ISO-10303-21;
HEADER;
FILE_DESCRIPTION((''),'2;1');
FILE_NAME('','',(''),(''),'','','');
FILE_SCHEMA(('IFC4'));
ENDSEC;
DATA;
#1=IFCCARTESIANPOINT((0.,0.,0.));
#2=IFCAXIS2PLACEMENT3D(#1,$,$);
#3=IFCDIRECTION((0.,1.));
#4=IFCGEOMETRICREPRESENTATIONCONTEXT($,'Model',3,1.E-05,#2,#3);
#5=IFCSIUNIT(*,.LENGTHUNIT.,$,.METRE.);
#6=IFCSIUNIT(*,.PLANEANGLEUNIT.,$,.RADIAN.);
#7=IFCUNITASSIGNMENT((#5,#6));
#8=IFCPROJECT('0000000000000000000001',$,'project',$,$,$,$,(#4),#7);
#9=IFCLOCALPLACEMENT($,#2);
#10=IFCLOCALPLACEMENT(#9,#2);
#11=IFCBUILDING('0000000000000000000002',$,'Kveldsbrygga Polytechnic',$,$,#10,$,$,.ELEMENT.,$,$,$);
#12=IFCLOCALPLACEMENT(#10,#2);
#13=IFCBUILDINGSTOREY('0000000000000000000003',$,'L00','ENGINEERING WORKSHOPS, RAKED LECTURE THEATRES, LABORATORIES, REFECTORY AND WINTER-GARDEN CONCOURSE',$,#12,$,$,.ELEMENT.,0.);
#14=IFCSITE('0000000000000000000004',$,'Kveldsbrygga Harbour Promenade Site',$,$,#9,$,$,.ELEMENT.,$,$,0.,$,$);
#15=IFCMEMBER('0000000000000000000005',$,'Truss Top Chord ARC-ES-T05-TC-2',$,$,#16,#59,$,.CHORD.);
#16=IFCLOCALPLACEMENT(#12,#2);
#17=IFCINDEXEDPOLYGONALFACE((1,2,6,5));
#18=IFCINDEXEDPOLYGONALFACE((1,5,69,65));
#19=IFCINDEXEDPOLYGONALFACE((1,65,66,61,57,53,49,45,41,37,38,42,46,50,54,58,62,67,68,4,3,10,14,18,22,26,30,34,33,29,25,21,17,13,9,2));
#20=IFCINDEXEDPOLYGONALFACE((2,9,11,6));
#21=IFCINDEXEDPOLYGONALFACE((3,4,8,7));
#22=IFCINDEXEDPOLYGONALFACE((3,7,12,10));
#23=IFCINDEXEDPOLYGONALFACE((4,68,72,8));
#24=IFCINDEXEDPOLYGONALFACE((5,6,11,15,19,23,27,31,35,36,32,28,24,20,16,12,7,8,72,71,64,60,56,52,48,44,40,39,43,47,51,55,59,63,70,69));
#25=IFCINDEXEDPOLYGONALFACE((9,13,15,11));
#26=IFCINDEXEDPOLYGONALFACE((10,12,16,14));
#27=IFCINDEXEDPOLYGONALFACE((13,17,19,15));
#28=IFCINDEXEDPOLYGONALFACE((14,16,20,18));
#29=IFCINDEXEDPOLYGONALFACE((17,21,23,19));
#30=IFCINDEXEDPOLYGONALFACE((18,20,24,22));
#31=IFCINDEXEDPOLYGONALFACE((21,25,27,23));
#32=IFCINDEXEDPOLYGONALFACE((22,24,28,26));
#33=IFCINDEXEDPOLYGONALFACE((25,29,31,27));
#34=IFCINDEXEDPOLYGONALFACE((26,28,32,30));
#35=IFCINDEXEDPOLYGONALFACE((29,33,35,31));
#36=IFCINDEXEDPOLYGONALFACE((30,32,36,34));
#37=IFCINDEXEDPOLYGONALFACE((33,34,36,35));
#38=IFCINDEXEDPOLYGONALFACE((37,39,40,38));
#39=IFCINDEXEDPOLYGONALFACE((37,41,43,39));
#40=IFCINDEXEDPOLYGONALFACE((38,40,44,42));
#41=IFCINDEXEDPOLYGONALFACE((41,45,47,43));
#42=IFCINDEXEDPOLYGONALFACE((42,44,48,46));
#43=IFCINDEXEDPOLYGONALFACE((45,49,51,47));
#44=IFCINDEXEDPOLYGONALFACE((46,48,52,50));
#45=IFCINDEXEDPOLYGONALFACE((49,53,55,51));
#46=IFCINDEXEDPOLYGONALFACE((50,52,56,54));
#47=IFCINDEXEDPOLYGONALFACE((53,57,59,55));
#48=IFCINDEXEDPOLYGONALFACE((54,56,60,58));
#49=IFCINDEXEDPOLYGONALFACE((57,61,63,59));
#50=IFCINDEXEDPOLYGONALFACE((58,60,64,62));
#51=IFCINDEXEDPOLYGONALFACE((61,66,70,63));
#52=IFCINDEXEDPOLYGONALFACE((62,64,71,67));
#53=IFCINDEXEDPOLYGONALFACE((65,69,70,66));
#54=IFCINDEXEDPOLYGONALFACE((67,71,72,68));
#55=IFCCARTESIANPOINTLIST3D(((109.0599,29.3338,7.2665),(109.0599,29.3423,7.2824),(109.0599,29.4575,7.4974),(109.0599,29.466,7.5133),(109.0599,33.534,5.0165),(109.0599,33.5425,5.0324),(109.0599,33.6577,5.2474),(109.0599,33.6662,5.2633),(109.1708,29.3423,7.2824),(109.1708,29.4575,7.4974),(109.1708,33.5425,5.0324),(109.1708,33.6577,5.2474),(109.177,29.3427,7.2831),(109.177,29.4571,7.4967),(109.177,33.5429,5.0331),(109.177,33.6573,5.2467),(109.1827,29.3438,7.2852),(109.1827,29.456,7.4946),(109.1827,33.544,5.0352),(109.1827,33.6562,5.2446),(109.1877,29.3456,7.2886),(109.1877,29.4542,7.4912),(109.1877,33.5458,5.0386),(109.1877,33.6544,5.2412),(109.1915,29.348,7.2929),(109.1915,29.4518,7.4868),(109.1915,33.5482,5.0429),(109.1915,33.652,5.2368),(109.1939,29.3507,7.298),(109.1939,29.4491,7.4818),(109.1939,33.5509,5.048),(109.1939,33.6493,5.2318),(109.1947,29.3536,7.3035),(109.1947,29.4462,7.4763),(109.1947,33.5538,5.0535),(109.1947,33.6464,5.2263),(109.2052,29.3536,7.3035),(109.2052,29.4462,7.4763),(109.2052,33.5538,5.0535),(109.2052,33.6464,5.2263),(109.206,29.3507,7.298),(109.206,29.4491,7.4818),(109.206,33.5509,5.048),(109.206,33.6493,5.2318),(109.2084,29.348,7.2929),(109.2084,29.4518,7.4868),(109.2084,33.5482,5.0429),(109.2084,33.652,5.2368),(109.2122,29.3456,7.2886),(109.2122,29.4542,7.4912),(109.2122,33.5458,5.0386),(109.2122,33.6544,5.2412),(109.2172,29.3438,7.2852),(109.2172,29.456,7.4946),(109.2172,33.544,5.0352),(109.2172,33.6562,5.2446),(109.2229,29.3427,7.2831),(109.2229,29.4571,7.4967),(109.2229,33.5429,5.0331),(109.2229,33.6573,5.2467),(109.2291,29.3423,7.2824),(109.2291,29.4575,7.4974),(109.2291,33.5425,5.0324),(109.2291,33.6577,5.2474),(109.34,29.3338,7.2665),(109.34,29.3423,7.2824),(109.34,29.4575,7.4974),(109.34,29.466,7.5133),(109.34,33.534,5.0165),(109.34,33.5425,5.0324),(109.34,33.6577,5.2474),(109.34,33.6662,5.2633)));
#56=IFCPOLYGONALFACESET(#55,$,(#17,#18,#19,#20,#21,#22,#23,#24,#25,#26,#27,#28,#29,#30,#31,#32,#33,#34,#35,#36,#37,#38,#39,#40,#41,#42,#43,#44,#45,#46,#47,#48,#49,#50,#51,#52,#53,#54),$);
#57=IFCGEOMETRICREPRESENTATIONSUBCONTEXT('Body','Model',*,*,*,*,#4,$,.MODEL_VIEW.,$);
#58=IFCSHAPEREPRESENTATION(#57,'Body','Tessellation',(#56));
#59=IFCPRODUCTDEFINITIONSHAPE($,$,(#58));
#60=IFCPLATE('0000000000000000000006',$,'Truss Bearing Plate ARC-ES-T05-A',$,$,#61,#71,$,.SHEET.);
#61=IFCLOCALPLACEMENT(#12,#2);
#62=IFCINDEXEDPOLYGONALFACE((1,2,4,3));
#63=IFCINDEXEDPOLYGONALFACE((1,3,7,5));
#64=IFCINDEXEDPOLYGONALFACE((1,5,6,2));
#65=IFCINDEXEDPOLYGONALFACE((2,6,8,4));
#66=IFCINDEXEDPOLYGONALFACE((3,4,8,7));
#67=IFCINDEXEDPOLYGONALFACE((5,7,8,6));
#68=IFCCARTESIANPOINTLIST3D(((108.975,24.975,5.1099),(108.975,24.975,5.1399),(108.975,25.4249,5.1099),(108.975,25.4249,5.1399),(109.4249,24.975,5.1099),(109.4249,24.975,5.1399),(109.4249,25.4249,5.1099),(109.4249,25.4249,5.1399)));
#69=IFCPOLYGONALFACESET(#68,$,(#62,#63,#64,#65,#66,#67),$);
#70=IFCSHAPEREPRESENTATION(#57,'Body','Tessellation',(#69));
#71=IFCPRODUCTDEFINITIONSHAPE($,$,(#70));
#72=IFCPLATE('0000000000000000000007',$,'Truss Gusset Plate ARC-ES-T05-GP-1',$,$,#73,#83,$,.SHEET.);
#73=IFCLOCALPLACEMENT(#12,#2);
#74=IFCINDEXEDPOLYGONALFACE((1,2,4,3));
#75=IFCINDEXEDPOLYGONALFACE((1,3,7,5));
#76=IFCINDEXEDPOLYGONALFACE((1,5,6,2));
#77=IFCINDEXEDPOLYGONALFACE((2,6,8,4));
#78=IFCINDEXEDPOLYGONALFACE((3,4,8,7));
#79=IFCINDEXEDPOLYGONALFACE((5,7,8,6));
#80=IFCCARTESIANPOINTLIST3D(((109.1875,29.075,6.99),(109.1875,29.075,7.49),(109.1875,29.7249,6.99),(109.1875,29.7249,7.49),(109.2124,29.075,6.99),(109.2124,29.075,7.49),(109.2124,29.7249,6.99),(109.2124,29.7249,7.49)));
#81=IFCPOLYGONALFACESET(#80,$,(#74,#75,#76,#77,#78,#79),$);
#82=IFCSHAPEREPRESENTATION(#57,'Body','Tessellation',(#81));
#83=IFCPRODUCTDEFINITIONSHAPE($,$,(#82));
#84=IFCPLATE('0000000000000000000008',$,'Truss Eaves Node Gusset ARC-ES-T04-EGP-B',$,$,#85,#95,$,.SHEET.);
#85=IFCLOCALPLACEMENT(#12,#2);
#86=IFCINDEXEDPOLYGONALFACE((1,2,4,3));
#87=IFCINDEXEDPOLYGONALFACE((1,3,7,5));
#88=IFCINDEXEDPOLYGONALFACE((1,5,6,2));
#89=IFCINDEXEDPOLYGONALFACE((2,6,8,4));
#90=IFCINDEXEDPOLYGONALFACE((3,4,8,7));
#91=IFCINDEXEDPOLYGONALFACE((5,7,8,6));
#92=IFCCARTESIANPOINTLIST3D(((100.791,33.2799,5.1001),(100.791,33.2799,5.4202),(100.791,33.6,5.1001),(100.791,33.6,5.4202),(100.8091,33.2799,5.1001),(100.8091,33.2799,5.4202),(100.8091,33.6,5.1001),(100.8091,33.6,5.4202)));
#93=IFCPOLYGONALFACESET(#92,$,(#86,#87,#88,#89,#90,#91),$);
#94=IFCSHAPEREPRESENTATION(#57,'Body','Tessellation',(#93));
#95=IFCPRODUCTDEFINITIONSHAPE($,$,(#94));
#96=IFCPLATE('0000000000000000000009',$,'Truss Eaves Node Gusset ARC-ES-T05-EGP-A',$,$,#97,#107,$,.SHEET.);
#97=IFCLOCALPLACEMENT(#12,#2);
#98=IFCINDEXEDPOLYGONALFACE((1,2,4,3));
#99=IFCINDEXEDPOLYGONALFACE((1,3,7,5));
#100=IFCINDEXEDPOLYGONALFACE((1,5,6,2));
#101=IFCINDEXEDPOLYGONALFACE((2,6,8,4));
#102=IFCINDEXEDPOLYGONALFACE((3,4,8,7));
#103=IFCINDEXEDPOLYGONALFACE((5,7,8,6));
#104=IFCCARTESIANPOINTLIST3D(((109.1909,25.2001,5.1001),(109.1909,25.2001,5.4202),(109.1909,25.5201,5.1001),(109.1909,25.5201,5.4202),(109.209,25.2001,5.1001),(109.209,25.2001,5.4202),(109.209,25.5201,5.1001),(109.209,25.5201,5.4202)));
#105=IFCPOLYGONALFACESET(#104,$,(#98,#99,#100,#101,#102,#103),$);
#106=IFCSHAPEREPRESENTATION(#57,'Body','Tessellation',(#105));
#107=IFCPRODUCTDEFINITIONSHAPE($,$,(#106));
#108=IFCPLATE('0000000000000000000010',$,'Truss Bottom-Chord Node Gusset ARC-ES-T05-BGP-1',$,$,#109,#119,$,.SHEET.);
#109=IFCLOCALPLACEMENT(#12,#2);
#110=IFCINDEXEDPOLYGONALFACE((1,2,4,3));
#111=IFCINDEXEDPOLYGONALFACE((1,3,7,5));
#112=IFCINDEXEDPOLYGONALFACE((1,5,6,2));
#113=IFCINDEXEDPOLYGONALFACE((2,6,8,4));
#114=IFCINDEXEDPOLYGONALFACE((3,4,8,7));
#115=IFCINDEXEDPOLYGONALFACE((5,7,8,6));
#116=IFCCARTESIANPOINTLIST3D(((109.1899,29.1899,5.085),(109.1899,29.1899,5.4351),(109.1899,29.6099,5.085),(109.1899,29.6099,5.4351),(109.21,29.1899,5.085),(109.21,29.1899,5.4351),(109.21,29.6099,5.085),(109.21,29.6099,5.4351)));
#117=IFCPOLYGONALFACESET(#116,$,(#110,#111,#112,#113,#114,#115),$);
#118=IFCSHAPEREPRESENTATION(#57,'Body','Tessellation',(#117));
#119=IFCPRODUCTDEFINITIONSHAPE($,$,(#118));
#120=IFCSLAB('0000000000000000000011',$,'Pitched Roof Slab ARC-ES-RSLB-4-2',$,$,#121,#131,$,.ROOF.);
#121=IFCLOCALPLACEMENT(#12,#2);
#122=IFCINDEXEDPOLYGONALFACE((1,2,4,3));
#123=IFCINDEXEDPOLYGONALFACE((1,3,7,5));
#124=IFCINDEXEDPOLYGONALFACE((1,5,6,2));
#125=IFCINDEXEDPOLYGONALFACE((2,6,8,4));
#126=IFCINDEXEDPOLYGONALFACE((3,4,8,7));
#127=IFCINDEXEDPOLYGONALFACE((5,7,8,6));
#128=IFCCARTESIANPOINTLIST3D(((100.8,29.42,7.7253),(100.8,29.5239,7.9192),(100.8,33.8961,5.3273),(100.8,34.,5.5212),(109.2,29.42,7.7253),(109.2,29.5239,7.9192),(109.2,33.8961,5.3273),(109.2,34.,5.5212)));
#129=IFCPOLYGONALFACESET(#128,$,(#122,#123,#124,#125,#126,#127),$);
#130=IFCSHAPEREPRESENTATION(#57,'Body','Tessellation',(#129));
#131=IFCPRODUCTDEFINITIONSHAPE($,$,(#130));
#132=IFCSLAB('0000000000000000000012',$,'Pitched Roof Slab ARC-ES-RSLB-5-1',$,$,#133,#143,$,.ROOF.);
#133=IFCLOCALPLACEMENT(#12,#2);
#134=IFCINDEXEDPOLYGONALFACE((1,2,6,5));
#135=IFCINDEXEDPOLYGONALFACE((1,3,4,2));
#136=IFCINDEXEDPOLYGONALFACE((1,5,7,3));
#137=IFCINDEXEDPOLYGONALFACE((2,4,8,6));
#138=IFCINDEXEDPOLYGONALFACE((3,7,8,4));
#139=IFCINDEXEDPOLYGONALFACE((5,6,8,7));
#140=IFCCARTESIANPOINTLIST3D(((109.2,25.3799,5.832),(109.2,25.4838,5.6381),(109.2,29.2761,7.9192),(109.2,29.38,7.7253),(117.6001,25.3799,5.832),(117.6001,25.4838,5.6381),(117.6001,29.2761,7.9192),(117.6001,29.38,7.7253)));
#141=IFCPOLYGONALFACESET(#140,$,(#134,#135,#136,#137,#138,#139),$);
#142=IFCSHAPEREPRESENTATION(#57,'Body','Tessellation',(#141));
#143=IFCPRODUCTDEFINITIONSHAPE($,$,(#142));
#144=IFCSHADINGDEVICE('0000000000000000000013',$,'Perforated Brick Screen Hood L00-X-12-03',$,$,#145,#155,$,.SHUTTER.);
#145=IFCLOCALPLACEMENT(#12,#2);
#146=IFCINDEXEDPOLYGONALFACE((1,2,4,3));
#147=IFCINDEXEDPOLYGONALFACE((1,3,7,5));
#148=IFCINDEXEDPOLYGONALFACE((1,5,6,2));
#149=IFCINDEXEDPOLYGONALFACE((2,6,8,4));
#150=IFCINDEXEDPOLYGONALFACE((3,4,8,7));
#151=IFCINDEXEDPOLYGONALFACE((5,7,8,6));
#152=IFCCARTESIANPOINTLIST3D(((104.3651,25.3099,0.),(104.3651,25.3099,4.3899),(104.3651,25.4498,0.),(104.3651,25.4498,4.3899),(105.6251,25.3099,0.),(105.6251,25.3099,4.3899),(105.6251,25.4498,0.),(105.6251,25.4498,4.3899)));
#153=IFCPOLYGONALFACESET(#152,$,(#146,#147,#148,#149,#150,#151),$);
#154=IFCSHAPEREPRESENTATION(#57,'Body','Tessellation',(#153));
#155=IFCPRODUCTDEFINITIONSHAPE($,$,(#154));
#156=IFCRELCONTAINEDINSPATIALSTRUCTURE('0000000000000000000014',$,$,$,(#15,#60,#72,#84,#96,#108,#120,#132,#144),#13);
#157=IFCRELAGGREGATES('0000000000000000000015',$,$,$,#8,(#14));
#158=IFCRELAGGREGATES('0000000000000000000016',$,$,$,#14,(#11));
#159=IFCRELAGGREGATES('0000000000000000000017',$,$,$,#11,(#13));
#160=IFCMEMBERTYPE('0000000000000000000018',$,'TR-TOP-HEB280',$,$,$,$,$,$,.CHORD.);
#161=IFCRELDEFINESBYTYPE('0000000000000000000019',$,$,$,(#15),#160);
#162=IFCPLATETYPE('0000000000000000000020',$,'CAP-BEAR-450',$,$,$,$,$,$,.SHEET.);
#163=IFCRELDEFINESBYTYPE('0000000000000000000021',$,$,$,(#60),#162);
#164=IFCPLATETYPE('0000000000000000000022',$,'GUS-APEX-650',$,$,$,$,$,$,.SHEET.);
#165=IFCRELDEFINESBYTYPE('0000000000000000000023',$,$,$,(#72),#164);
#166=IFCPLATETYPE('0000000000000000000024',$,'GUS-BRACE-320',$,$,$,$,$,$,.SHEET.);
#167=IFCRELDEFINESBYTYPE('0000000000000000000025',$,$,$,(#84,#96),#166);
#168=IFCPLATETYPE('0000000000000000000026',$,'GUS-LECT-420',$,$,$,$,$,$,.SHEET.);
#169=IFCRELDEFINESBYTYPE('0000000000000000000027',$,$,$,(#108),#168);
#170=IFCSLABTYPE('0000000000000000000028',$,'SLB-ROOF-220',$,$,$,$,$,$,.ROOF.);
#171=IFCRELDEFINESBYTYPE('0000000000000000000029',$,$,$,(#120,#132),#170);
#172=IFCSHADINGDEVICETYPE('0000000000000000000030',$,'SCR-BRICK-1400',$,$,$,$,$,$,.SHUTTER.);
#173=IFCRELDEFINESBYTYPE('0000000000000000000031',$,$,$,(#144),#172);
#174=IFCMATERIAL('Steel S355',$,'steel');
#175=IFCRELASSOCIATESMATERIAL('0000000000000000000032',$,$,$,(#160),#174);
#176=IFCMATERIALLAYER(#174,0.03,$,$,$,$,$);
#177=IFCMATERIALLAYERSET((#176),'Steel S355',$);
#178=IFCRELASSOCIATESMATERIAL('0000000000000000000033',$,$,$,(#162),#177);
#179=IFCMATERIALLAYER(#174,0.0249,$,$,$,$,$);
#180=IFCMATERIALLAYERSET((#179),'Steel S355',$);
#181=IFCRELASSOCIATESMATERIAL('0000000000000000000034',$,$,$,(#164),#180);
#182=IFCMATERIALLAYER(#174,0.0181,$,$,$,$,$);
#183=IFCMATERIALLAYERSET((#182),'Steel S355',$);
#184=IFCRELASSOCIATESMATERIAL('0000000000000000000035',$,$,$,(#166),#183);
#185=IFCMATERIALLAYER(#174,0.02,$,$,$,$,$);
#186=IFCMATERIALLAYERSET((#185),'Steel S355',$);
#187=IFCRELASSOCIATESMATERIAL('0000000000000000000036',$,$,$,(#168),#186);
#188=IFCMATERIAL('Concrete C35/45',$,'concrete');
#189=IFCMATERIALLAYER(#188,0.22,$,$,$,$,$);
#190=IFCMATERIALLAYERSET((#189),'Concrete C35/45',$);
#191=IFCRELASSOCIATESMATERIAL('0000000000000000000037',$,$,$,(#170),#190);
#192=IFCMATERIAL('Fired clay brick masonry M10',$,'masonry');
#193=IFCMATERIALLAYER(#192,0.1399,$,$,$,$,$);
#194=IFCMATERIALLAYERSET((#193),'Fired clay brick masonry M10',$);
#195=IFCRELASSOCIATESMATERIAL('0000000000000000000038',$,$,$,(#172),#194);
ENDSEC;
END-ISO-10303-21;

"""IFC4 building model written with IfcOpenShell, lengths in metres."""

from ifc_helpers import new_model, si_unit, direction, frame, origin, origin_2d, place, context, subcontext, project, spatial, polyline, rectangle, i_section, outline, extrude, material, layer, layer_set, material_profile, profile_set, type_object, element, save


model = new_model("IFC4")

# Units and contexts
model_context = context("Model", 3, precision=1e-05, world=origin(), true_north=direction((0.0, 1.0)))
body_context = subcontext(model_context, "Body", "Model", "MODEL_VIEW")
ifc_project = project(units=[si_unit("LENGTHUNIT", "METRE"), si_unit("PLANEANGLEUNIT", "RADIAN")], contexts=[model_context])

# Site, building, storey
site_placement = place(None, origin())
site = spatial("IfcSite", under=ifc_project, at=site_placement, Name="Kveldsbrygga Harbour Promenade Site", CompositionType="ELEMENT", RefElevation=0.0)
building_placement = place(site_placement, origin())
building = spatial("IfcBuilding", under=site, at=building_placement, Name="Kveldsbrygga Polytechnic", CompositionType="ELEMENT")
storey_placement = place(building_placement, origin())
storey = spatial("IfcBuildingStorey", under=building, at=storey_placement, Name="L00", Description="ENGINEERING WORKSHOPS, RAKED LECTURE THEATRES, LABORATORIES, REFECTORY AND WINTER-GARDEN CONCOURSE", CompositionType="ELEMENT", Elevation=0.0)

# Shared definitions
ifc_material_1 = material(Name="Concrete C35/45", Category="concrete")

# Member
ifc_material_2 = material(Name="Steel S355", Category="steel")
ifc_material_profile_1 = material_profile(ifc_material_2, i_section(OverallWidth=0.28, OverallDepth=0.28, WebThickness=0.0105, FlangeThickness=0.0181, FilletRadius=0.0239, at=origin_2d()), Name="HEB 280")
ifc_profile_set_1 = profile_set([ifc_material_profile_1], Name="Steel S355")
member_type_1 = type_object("IfcMemberType", Name="TR-TOP-HEB280", PredefinedType="CHORD", material=ifc_profile_set_1)
member_1_placement = place(storey_placement, frame((109.2, 29.3999, 7.3899), z_axis=(0.0, 0.881489, -0.472204), x_axis=(-1.0, 0.0, 0.0)))
element("IfcMember", 1, at=member_1_placement, inside=storey, type_object=member_type_1, Name="Truss Top Chord ARC-ES-T05-TC-2", PredefinedType="CHORD", context=body_context, shape_type="SweptSolid", body=[
    extrude(i_section(OverallWidth=0.28, OverallDepth=0.28, WebThickness=0.0105, FlangeThickness=0.0181, FilletRadius=0.0239, at=origin_2d()), origin(), (0.0, 0.0, 1.0), 4.7649),
])

# Plates
ifc_layer_1 = layer(ifc_material_2, 0.03)
ifc_layer_set_1 = layer_set([ifc_layer_1], Name="Steel S355")
plate_type_1 = type_object("IfcPlateType", Name="CAP-BEAR-450", PredefinedType="SHEET", material=ifc_layer_set_1)
plate_1_placement = place(storey_placement, frame((109.2, 25.2, 5.1099), z_axis=(0.0, 0.0, 1.0), x_axis=(1.0, 0.0, 0.0)))
element("IfcPlate", 2, at=plate_1_placement, inside=storey, type_object=plate_type_1, Name="Truss Bearing Plate ARC-ES-T05-A", PredefinedType="SHEET", context=body_context, shape_type="SweptSolid", body=[
    extrude(rectangle(XDim=0.45, YDim=0.45, at=origin_2d()), origin(), (0.0, 0.0, 1.0), 0.03),
])
ifc_layer_2 = layer(ifc_material_2, 0.0249)
ifc_layer_set_2 = layer_set([ifc_layer_2], Name="Steel S355")
plate_type_2 = type_object("IfcPlateType", Name="GUS-APEX-650", PredefinedType="SHEET", material=ifc_layer_set_2)
plate_2_placement = place(storey_placement, frame((109.2, 29.3999, 6.99), z_axis=(0.0, 0.0, 1.0), x_axis=(1.0, 0.0, 0.0)))
element("IfcPlate", 3, at=plate_2_placement, inside=storey, type_object=plate_type_2, Name="Truss Gusset Plate ARC-ES-T05-GP-1", PredefinedType="SHEET", context=body_context, shape_type="SweptSolid", body=[
    extrude(rectangle(XDim=0.0249, YDim=0.6499, at=origin_2d()), origin(), (0.0, 0.0, 1.0), 0.5),
])
ifc_layer_3 = layer(ifc_material_2, 0.0181)
ifc_layer_set_3 = layer_set([ifc_layer_3], Name="Steel S355")
plate_type_3 = type_object("IfcPlateType", Name="GUS-BRACE-320", PredefinedType="SHEET", material=ifc_layer_set_3)
for number, where, z_axis, x_axis, name in (
    (4, (100.8, 33.4399, 5.1001), (0.0, 0.0, 1.0), (1.0, 0.0, 0.0), "Truss Eaves Node Gusset ARC-ES-T04-EGP-B"),
    (5, (109.2, 25.3601, 5.1001), (0.0, 0.0, 1.0), (1.0, 0.0, 0.0), "Truss Eaves Node Gusset ARC-ES-T05-EGP-A"),
):
    element("IfcPlate", number, at=place(storey_placement, frame(where, z_axis=z_axis, x_axis=x_axis)), inside=storey, type_object=plate_type_3, Name=name, PredefinedType="SHEET", context=body_context, shape_type="SweptSolid", body=[
        extrude(rectangle(XDim=0.0181, YDim=0.3201, at=origin_2d()), origin(), (0.0, 0.0, 1.0), 0.3201),
    ])
ifc_layer_4 = layer(ifc_material_2, 0.02)
ifc_layer_set_4 = layer_set([ifc_layer_4], Name="Steel S355")
plate_type_4 = type_object("IfcPlateType", Name="GUS-LECT-420", PredefinedType="SHEET", material=ifc_layer_set_4)
plate_3_placement = place(storey_placement, frame((109.2, 29.3999, 5.085), z_axis=(0.0, 0.0, 1.0), x_axis=(1.0, 0.0, 0.0)))
element("IfcPlate", 6, at=plate_3_placement, inside=storey, type_object=plate_type_4, Name="Truss Bottom-Chord Node Gusset ARC-ES-T05-BGP-1", PredefinedType="SHEET", context=body_context, shape_type="SweptSolid", body=[
    extrude(rectangle(XDim=0.02, YDim=0.4199, at=origin_2d()), origin(), (0.0, 0.0, 1.0), 0.3501),
])

# Slabs
ifc_layer_5 = layer(ifc_material_1, 0.22)
ifc_layer_set_5 = layer_set([ifc_layer_5], Name="Concrete C35/45")
slab_type = type_object("IfcSlabType", Name="SLB-ROOF-220", PredefinedType="ROOF", material=ifc_layer_set_5)
slab_1_placement = place(storey_placement, frame((100.8, 29.5239, 7.9192), z_axis=(0.0, 0.472229, 0.881476), x_axis=(1.0, 0.0, 0.0)))
element("IfcSlab", 7, at=slab_1_placement, inside=storey, type_object=slab_type, Name="Pitched Roof Slab ARC-ES-RSLB-4-2", PredefinedType="ROOF", context=body_context, shape_type="SweptSolid", body=[
    extrude(outline(polyline([(0.0, 0.0), (8.3999, 0.0), (8.3999, 5.0779), (0.0, 5.0779), (0.0, 0.0)])), origin(), (0.0, 0.0, -1.0), 0.22),
])
slab_2_placement = place(storey_placement, frame((109.2, 25.3799, 5.832), z_axis=(0.0, -0.472201, 0.881491), x_axis=(1.0, 0.0, 0.0)))
element("IfcSlab", 8, at=slab_2_placement, inside=storey, type_object=slab_type, Name="Pitched Roof Slab ARC-ES-RSLB-5-1", PredefinedType="ROOF", context=body_context, shape_type="SweptSolid", body=[
    extrude(outline(polyline([(0.0, 0.0), (8.4001, 0.0), (8.4001, 4.4201), (0.0, 4.4201), (0.0, 0.0)])), origin(), (0.0, 0.0, -1.0), 0.22),
])

# Shared definitions
ifc_material_3 = material(Name="Fired clay brick masonry M10", Category="masonry")

# Shading device
ifc_layer_6 = layer(ifc_material_3, 0.1399)
ifc_layer_set_6 = layer_set([ifc_layer_6], Name="Fired clay brick masonry M10")
shading_device_type = type_object("IfcShadingDeviceType", Name="SCR-BRICK-1400", PredefinedType="SHUTTER", material=ifc_layer_set_6)
shading_device_placement = place(storey_placement, frame((104.9951, 25.3799, 0.0), z_axis=(0.0, 0.0, 1.0), x_axis=(1.0, 0.0, 0.0)))
element("IfcShadingDevice", 9, at=shading_device_placement, inside=storey, type_object=shading_device_type, Name="Perforated Brick Screen Hood L00-X-12-03", PredefinedType="SHUTTER", context=body_context, shape_type="SweptSolid", body=[
    extrude(rectangle(XDim=1.26, YDim=0.1399, at=origin_2d()), origin(), (0.0, 0.0, 1.0), 4.3899),
])

save(model, "model.ifc")
